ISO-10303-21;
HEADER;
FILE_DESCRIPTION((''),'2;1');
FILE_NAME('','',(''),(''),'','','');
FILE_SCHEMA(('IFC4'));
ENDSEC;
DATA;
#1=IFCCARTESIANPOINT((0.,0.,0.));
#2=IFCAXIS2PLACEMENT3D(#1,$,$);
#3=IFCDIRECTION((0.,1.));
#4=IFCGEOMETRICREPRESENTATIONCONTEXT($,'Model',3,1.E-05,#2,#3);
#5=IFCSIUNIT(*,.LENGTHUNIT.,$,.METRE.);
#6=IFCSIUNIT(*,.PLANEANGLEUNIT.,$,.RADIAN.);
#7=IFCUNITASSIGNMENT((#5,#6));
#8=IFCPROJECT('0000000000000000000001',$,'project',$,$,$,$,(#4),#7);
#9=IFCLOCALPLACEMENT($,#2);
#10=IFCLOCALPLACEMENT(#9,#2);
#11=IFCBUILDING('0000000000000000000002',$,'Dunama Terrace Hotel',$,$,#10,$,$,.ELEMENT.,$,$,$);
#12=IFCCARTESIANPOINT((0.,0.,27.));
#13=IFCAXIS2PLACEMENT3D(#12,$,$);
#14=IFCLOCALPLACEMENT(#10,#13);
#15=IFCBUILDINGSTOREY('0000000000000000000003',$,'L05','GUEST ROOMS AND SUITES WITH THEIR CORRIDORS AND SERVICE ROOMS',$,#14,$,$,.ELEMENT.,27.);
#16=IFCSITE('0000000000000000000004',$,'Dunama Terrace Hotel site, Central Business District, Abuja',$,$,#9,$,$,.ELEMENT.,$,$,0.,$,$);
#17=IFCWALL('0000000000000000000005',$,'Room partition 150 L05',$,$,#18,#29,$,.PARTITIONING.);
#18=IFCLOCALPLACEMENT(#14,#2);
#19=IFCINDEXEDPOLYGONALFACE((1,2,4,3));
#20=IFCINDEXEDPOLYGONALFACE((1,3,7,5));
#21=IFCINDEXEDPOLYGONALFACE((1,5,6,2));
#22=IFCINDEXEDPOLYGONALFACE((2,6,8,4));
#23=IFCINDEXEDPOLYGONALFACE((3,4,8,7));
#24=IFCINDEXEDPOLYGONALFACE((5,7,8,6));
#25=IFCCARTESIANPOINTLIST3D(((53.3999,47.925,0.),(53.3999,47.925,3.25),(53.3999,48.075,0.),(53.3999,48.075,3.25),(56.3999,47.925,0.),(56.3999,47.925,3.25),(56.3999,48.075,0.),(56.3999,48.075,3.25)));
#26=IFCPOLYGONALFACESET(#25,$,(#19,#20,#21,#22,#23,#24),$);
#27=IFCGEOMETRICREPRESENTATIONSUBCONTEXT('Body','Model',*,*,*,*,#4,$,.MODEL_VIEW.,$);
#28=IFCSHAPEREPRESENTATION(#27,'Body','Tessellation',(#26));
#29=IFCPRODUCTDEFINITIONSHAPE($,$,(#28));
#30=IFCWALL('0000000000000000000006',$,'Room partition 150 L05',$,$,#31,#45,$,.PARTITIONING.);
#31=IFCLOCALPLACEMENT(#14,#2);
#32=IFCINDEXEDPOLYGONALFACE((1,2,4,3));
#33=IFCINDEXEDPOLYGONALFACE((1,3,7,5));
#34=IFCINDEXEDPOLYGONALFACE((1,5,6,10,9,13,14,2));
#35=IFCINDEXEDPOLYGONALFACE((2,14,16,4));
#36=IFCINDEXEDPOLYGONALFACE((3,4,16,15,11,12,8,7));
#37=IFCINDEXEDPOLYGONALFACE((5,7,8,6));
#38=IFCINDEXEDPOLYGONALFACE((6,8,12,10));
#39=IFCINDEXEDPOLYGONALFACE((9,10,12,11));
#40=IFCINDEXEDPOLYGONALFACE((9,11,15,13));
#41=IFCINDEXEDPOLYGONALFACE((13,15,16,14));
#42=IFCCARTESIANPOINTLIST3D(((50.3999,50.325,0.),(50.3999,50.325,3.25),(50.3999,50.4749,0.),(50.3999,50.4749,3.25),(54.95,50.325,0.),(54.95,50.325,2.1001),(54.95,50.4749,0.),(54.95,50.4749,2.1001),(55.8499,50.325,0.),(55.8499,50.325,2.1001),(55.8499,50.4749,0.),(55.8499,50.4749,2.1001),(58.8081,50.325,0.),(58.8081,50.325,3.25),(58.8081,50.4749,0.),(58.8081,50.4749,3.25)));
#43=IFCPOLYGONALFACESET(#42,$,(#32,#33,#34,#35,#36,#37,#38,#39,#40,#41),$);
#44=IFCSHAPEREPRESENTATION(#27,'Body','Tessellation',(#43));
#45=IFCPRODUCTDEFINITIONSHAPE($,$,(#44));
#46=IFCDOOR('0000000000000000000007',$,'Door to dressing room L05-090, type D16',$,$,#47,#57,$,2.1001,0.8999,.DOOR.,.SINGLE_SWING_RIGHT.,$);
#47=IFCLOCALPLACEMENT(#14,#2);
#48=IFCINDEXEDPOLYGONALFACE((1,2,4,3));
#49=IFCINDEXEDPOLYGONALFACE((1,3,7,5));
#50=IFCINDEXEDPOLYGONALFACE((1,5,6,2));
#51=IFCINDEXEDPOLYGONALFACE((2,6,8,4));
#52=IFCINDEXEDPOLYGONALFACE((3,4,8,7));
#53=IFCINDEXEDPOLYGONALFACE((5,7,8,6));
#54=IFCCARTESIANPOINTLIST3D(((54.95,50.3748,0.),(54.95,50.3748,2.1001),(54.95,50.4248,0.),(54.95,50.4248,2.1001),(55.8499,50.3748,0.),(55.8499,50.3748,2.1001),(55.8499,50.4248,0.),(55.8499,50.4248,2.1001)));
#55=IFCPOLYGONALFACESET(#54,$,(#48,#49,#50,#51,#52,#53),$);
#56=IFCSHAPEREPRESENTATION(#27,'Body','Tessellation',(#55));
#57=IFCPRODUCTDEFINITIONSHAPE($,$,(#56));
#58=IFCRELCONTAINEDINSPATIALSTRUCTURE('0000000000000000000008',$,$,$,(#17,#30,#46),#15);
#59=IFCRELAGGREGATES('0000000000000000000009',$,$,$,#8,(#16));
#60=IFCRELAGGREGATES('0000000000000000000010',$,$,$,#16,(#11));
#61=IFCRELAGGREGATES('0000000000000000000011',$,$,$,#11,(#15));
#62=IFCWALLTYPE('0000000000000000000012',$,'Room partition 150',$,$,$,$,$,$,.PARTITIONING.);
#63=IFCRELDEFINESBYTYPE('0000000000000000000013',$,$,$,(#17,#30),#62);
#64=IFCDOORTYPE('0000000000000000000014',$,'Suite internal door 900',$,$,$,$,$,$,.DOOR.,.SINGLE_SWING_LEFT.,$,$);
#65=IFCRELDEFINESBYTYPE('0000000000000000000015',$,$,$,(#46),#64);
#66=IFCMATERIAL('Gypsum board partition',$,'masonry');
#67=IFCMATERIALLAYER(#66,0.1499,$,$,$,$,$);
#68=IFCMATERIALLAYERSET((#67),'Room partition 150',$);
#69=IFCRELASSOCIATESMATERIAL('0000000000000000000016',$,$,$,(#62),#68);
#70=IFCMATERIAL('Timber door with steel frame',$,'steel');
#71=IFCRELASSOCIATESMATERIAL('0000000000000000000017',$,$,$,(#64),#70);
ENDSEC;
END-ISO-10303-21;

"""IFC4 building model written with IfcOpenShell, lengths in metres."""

from ifc_helpers import new_model, si_unit, direction, frame, frame_2d, origin, place, context, subcontext, project, spatial, rectangle, extrude, material, layer, layer_set, type_object, element, fill, save


model = new_model("IFC4")

# Units and contexts
model_context = context("Model", 3, precision=1e-05, world=origin(), true_north=direction((0.0, 1.0)))
body_context = subcontext(model_context, "Body", "Model", "MODEL_VIEW")
ifc_project = project(units=[si_unit("LENGTHUNIT", "METRE"), si_unit("PLANEANGLEUNIT", "RADIAN")], contexts=[model_context])

# Site, building, storey
site_placement = place(None, origin())
site = spatial("IfcSite", under=ifc_project, at=site_placement, Name="Dunama Terrace Hotel site, Central Business District, Abuja", CompositionType="ELEMENT", RefElevation=0.0)
building_placement = place(site_placement, origin())
building = spatial("IfcBuilding", under=site, at=building_placement, Name="Dunama Terrace Hotel", CompositionType="ELEMENT")
storey_placement = place(building_placement, frame((0.0, 0.0, 27.0)))
storey = spatial("IfcBuildingStorey", under=building, at=storey_placement, Name="L05", Description="GUEST ROOMS AND SUITES WITH THEIR CORRIDORS AND SERVICE ROOMS", CompositionType="ELEMENT", Elevation=27.0)

# Wall
ifc_material_1 = material(Name="Gypsum board partition", Category="masonry")
ifc_layer_1 = layer(ifc_material_1, 0.1499)
ifc_layer_set_1 = layer_set([ifc_layer_1], Name="Room partition 150")
wall_type_1 = type_object("IfcWallType", Name="Room partition 150", PredefinedType="PARTITIONING", material=ifc_layer_set_1)
wall_1_placement = place(storey_placement, frame((53.3999, 48.0, 0.0), z_axis=(0.0, 0.0, 1.0), x_axis=(1.0, 0.0, 0.0)))
element("IfcWall", 1, at=wall_1_placement, inside=storey, type_object=wall_type_1, Name="Room partition 150 L05", PredefinedType="PARTITIONING", context=body_context, shape_type="SweptSolid", body=[
    extrude(rectangle(XDim=3.0, YDim=0.1499, at=frame_2d((1.5, 0.0))), origin(), (0.0, 0.0, 1.0), 3.25),
])

# Wall, opening, door
wall_2_placement = place(storey_placement, frame((50.3999, 50.3999, 0.0), z_axis=(0.0, 0.0, 1.0), x_axis=(1.0, 0.0, 0.0)))
wall_2 = element("IfcWall", 2, at=wall_2_placement, inside=storey, type_object=wall_type_1, Name="Room partition 150 L05", PredefinedType="PARTITIONING", context=body_context, shape_type="SweptSolid", body=[
    extrude(rectangle(XDim=8.4082, YDim=0.1499, at=frame_2d((4.2041, 0.0))), origin(), (0.0, 0.0, 1.0), 3.25),
])
opening_1_placement = place(wall_2_placement, frame((4.55, 0.0, 0.0)))
opening_1 = element("IfcOpeningElement", 3, at=opening_1_placement, cuts=wall_2, PredefinedType="OPENING", context=body_context, shape_type="SweptSolid", body=[
    extrude(rectangle(XDim=0.8999, YDim=2.1001, at=frame_2d((0.45, 1.05))), frame((0.0, 0.085, 0.0), z_axis=(0.0, -1.0, 0.0), x_axis=(1.0, 0.0, 0.0)), (0.0, 0.0, 1.0), 0.1699),
])
ifc_material_2 = material(Name="Timber door with steel frame", Category="steel")
door_type_1 = type_object("IfcDoorType", Name="Suite internal door 900", OperationType="SINGLE_SWING_LEFT", PredefinedType="DOOR", material=ifc_material_2)
door_1_placement = place(opening_1_placement, frame((0.8999, 0.0, 0.0), z_axis=(0.0, 0.0, 1.0), x_axis=(-1.0, 0.0, 0.0)))
door_1 = element("IfcDoor", 4, at=door_1_placement, inside=storey, type_object=door_type_1, Name="Door to dressing room L05-090, type D16", OperationType="SINGLE_SWING_RIGHT", OverallHeight=2.1001, OverallWidth=0.8999, PredefinedType="DOOR", context=body_context, shape_type="SweptSolid", body=[
    extrude(rectangle(XDim=0.8999, YDim=2.1001, at=frame_2d((0.45, 1.05))), frame((0.0, 0.0251, 0.0), z_axis=(0.0, -1.0, 0.0), x_axis=(1.0, 0.0, 0.0)), (0.0, 0.0, 1.0), 0.05),
])
fill(opening_1, door_1)

save(model, "model.ifc")
